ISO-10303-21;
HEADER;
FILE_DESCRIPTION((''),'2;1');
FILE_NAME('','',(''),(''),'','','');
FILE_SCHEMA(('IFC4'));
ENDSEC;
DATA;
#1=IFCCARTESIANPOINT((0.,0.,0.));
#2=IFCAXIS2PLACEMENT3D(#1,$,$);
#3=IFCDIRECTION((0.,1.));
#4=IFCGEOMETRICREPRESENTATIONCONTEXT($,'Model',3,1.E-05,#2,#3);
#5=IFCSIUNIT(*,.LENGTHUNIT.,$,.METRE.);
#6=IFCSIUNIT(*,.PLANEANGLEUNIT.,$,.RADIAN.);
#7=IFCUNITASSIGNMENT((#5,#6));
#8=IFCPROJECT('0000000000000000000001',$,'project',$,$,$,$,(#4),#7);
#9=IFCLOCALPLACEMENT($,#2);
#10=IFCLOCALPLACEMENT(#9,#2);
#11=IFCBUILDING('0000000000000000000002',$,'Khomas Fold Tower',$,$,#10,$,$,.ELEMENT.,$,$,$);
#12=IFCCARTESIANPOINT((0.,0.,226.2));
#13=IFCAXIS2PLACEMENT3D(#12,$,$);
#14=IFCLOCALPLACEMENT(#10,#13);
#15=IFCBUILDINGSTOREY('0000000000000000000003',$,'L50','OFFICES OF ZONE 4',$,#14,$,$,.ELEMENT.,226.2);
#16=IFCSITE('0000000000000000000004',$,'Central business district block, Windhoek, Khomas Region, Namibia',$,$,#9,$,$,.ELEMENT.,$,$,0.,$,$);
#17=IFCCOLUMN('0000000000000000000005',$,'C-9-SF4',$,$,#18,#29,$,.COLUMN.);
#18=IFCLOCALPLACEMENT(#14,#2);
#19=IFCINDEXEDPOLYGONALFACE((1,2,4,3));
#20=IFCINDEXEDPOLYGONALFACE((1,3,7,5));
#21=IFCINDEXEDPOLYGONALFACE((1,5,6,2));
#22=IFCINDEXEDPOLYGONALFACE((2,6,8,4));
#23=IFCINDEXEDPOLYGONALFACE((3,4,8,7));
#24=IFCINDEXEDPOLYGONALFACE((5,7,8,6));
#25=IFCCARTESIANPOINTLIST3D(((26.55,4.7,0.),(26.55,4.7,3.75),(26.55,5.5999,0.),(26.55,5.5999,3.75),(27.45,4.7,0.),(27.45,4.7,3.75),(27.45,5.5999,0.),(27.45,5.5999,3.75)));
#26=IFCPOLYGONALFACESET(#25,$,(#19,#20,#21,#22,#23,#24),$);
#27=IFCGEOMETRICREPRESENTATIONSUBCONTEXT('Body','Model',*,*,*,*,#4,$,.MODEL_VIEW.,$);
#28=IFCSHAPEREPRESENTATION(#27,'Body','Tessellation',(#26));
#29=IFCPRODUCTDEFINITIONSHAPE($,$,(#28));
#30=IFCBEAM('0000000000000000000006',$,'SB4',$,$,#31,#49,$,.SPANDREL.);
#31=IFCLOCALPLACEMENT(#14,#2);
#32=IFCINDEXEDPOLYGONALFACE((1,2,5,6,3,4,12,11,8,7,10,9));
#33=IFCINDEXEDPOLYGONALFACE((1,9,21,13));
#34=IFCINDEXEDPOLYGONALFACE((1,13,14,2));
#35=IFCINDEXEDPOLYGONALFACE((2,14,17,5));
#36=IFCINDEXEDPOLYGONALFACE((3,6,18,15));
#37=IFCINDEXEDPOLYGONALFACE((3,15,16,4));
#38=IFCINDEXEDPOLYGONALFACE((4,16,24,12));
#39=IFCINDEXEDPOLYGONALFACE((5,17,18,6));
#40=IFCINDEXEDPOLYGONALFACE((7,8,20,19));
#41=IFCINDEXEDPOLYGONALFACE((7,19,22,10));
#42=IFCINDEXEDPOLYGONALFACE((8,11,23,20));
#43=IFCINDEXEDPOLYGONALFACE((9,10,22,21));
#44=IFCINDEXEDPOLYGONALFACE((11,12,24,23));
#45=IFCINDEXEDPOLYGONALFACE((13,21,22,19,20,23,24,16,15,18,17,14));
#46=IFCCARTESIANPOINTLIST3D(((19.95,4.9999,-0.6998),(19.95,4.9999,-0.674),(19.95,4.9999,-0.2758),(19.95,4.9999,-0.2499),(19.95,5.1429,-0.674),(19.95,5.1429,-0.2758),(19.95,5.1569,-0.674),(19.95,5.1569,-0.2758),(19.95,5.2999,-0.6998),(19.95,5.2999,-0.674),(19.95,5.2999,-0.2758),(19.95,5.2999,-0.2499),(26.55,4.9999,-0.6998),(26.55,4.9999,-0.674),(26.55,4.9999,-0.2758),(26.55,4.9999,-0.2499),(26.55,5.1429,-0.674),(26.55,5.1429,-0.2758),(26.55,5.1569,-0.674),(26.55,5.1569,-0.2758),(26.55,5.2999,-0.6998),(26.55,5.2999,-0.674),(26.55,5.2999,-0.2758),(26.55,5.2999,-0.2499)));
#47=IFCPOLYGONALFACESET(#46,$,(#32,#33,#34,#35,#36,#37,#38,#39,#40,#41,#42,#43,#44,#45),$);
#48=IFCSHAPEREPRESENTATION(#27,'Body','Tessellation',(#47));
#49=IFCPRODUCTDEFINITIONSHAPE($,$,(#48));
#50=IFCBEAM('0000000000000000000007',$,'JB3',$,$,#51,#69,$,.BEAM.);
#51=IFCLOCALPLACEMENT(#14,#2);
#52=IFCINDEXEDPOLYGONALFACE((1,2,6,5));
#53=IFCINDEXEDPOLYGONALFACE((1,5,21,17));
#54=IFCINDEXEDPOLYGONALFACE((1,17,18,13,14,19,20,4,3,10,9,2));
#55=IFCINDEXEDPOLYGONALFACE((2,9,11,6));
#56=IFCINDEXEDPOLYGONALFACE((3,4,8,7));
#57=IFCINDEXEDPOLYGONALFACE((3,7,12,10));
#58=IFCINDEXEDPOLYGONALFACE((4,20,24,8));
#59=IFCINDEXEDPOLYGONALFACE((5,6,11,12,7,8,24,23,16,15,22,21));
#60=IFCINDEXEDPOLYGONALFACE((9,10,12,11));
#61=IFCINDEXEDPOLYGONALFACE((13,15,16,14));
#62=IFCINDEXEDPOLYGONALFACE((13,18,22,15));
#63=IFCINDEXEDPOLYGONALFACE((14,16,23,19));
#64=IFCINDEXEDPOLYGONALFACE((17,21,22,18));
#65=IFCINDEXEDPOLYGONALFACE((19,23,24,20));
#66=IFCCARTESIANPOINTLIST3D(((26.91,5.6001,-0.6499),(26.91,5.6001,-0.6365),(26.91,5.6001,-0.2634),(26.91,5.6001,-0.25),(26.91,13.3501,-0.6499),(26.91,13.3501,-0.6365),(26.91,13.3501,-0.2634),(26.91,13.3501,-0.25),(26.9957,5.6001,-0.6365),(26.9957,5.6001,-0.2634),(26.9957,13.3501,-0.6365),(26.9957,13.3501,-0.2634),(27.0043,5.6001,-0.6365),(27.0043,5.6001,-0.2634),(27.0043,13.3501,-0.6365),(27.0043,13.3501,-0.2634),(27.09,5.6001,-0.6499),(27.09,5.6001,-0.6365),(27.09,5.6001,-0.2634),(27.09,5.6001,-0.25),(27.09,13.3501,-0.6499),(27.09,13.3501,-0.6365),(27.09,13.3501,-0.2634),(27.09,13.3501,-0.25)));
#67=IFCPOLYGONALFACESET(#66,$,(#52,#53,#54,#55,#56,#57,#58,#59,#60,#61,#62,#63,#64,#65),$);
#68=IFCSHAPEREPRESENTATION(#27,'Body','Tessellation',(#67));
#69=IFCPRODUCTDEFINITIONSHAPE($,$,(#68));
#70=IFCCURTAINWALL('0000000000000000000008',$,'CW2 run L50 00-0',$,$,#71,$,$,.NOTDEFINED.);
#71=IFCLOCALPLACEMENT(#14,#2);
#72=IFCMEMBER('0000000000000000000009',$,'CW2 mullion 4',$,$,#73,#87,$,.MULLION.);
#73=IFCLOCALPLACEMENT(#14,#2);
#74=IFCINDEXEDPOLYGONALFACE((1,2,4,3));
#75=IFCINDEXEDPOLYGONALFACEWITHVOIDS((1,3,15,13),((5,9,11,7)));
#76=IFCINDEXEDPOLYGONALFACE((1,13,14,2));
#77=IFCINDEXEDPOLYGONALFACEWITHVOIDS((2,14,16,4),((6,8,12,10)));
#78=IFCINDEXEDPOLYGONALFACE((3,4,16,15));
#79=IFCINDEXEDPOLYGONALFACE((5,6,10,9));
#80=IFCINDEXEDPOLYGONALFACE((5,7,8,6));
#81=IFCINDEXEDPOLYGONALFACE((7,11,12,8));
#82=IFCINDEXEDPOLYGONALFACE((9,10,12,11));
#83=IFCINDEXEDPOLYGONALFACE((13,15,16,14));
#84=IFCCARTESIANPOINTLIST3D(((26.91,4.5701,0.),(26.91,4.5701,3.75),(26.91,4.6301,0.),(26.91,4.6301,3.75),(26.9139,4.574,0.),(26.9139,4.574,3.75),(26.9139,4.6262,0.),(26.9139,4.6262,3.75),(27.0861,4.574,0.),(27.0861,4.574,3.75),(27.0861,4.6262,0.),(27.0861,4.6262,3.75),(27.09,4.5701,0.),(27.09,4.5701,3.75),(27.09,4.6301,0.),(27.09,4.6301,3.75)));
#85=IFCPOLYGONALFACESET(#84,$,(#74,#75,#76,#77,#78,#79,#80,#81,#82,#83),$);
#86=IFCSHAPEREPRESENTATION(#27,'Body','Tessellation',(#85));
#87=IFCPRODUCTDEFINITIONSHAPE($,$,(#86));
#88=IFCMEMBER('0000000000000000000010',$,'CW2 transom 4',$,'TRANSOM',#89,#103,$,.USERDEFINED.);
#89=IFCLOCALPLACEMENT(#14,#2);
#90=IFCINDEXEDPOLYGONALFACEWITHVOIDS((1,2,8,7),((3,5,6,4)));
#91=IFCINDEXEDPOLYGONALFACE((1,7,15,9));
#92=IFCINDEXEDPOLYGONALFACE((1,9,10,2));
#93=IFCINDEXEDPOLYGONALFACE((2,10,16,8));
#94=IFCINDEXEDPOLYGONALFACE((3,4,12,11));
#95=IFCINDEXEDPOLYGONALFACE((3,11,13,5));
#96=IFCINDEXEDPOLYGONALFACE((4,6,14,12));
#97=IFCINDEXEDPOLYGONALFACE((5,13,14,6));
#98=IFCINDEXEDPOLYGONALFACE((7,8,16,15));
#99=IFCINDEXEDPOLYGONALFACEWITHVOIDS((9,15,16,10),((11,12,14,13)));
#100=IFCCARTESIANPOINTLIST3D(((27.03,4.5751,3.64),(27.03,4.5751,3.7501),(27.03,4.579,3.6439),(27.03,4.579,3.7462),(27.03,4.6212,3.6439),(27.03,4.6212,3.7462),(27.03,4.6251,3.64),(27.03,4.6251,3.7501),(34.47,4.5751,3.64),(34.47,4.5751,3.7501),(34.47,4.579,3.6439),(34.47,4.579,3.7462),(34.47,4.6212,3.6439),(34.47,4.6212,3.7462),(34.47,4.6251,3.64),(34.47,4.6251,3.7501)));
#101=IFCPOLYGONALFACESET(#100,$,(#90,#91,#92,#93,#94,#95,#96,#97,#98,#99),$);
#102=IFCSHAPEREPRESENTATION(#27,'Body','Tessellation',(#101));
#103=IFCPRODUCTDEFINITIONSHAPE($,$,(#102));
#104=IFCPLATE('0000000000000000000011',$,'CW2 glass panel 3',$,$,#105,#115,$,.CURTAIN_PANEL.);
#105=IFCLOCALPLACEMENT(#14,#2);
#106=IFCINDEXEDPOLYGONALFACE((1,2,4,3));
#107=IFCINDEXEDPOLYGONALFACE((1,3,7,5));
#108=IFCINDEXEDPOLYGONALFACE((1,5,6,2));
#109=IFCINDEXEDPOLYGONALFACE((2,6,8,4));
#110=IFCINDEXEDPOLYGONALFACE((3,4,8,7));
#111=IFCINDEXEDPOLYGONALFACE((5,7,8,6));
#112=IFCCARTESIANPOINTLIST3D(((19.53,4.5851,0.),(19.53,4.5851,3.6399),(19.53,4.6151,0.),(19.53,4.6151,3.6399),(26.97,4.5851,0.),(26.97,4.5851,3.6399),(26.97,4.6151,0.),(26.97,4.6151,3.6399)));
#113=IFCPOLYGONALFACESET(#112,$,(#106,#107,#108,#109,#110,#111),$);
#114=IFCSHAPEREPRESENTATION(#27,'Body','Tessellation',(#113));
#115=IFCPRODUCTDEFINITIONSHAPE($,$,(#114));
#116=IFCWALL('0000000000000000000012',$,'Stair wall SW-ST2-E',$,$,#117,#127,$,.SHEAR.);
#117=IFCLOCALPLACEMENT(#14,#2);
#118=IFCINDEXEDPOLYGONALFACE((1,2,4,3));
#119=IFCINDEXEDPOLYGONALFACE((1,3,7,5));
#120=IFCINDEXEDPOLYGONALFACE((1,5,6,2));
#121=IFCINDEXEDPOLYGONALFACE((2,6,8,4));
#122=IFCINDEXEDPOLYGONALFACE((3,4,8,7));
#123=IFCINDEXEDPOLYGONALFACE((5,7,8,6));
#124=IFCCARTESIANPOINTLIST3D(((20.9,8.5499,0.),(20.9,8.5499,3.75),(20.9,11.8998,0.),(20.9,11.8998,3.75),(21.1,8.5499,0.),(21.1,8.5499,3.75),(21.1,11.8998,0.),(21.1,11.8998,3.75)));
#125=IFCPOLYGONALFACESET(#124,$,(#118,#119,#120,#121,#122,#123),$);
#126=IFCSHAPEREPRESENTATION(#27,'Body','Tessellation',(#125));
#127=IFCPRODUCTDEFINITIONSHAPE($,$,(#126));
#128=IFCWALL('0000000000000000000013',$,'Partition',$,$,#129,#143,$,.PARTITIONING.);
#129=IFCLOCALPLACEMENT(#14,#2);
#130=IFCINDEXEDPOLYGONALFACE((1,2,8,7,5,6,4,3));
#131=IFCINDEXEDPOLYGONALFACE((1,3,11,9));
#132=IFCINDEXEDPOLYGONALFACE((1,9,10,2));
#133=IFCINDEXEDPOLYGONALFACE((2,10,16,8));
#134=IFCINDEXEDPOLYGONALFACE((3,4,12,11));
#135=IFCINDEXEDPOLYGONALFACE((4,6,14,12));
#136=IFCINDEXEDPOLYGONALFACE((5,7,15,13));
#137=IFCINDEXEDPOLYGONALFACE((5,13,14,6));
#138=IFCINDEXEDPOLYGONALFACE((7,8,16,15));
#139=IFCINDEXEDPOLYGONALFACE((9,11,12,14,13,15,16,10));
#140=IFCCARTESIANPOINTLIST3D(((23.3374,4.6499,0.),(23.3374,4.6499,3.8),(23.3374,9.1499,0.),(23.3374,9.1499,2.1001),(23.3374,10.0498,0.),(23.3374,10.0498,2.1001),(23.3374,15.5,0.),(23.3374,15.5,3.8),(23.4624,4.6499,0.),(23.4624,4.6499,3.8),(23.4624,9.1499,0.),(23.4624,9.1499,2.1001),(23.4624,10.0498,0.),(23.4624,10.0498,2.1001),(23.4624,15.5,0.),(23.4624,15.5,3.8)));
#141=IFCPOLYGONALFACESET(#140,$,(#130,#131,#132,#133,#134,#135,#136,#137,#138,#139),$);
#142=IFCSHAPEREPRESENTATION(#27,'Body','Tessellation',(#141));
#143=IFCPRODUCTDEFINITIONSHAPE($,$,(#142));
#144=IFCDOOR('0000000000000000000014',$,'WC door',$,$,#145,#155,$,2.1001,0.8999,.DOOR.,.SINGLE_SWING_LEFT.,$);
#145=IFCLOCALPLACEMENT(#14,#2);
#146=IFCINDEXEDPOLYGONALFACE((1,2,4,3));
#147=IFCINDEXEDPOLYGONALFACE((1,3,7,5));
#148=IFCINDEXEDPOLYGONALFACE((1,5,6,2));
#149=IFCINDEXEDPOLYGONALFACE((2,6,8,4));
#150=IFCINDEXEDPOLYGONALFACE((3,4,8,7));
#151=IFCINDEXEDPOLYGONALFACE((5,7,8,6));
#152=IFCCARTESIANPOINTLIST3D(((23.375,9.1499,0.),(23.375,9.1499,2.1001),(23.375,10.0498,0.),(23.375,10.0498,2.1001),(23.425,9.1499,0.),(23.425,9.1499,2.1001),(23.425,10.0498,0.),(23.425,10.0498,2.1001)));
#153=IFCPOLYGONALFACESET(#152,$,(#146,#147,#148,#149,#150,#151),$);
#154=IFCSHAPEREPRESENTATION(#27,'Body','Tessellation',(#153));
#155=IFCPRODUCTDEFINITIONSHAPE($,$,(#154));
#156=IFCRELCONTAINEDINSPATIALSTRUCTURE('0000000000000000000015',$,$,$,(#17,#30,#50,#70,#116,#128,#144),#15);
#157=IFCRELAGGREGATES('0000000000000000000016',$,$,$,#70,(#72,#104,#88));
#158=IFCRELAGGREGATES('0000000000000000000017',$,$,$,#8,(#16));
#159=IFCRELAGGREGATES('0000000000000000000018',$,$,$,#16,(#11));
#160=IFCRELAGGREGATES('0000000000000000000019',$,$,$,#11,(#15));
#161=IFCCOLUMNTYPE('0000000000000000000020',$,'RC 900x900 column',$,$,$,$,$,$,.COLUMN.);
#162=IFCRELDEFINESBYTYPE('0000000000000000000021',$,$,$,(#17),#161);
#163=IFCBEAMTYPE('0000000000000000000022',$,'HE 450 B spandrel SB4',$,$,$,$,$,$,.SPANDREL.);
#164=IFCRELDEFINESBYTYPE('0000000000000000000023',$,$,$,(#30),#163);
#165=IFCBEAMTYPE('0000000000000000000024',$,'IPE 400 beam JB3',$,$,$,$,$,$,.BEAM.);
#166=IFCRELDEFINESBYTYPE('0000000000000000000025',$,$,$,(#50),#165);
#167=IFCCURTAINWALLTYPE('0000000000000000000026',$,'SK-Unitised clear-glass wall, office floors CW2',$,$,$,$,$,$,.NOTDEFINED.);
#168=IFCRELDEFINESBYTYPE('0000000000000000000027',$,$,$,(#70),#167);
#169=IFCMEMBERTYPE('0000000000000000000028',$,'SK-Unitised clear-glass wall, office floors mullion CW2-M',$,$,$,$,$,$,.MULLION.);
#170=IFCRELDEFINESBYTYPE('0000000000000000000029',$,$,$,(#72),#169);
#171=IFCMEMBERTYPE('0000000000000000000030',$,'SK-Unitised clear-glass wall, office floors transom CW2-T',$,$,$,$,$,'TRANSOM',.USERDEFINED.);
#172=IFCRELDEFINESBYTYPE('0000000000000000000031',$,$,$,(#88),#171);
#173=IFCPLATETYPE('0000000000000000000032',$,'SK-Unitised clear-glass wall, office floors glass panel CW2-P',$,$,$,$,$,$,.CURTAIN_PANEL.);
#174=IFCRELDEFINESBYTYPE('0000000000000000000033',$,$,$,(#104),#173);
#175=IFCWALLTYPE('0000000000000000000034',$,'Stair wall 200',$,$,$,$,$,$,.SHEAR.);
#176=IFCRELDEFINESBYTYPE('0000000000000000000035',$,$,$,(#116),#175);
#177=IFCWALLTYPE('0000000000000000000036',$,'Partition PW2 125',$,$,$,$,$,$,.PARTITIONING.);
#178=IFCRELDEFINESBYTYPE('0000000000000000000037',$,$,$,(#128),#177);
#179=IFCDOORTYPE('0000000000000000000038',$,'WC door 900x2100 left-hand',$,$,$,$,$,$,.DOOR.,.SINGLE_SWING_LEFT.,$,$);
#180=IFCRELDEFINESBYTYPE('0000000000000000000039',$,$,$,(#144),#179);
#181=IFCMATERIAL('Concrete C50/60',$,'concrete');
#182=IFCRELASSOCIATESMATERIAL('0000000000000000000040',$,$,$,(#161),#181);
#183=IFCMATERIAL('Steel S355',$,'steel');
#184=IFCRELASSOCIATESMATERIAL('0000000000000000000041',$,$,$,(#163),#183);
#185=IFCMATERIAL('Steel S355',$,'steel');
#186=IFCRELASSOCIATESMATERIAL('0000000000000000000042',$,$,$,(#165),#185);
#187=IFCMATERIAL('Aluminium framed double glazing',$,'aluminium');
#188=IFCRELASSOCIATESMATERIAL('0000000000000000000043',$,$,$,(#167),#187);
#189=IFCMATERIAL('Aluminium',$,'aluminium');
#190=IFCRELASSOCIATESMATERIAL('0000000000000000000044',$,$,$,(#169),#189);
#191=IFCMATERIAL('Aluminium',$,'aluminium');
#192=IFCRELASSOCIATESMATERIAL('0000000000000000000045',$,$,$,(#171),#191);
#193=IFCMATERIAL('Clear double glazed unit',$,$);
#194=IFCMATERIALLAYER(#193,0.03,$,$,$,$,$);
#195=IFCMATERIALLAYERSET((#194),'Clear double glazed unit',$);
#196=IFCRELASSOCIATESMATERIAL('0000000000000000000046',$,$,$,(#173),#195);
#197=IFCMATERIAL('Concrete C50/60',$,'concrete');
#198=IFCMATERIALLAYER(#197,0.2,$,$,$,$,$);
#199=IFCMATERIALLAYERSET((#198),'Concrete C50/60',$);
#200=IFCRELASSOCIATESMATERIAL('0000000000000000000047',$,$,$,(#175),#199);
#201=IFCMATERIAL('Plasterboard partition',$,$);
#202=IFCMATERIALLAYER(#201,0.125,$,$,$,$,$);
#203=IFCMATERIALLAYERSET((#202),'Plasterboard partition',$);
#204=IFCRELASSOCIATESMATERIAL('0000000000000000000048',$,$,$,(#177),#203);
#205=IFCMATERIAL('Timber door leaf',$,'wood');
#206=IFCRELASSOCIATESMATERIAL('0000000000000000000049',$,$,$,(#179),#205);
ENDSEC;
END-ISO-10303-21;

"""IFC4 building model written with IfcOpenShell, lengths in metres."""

from ifc_helpers import new_model, si_unit, direction, frame, frame_2d, origin, origin_2d, place, context, subcontext, project, spatial, rectangle, hollow_rectangle, i_section, extrude, source, transform, mapped, material, layer, layer_set, material_profile, profile_set, type_object, element, fill, aggregate, save


model = new_model("IFC4")

# Units and contexts
model_context = context("Model", 3, precision=1e-05, world=origin(), true_north=direction((0.0, 1.0)))
body_context = subcontext(model_context, "Body", "Model", "MODEL_VIEW")
ifc_project = project(units=[si_unit("LENGTHUNIT", "METRE"), si_unit("PLANEANGLEUNIT", "RADIAN")], contexts=[model_context])

# Site, building, storey
site_placement = place(None, origin())
site = spatial("IfcSite", under=ifc_project, at=site_placement, Name="Central business district block, Windhoek, Khomas Region, Namibia", CompositionType="ELEMENT", RefElevation=0.0)
building_placement = place(site_placement, origin())
building = spatial("IfcBuilding", under=site, at=building_placement, Name="Khomas Fold Tower", CompositionType="ELEMENT")
storey_placement = place(building_placement, frame((0.0, 0.0, 226.2)))
storey = spatial("IfcBuildingStorey", under=building, at=storey_placement, Name="L50", Description="OFFICES OF ZONE 4", CompositionType="ELEMENT", Elevation=226.2)

# Column
ifc_material_1 = material(Name="Concrete C50/60", Category="concrete")
ifc_material_profile_1 = material_profile(ifc_material_1, rectangle(XDim=0.8999, YDim=0.8999, at=origin_2d()), Name="RC 900x900")
ifc_profile_set_1 = profile_set([ifc_material_profile_1], Name="Concrete C50/60")
column_type = type_object("IfcColumnType", Name="RC 900x900 column", PredefinedType="COLUMN", material=ifc_profile_set_1)
shared_shape_1 = source(origin(), body_context, "Body", "SweptSolid", [
    extrude(rectangle(XDim=0.8999, YDim=0.8999, at=origin_2d()), origin(), (0.0, 0.0, 1.0), 3.75),
])
column_placement = place(storey_placement, frame((27.0, 5.1499, 0.0), z_axis=(0.0, 0.0, 1.0), x_axis=(1.0, 0.0, 0.0)))
element("IfcColumn", 1, at=column_placement, inside=storey, type_object=column_type, Name="C-9-SF4", PredefinedType="COLUMN", context=body_context, shape_type="MappedRepresentation", body=[
    mapped(shared_shape_1, transform((0.0, 0.0, 0.0))),
])

# Beams
ifc_material_2 = material(Name="Steel S355", Category="steel")
ifc_material_profile_2 = material_profile(ifc_material_2, i_section(OverallWidth=0.3, OverallDepth=0.45, WebThickness=0.0139, FlangeThickness=0.0259, at=origin_2d()), Name="HE 450 B")
ifc_profile_set_2 = profile_set([ifc_material_profile_2], Name="Steel S355")
beam_type_1 = type_object("IfcBeamType", Name="HE 450 B spandrel SB4", PredefinedType="SPANDREL", material=ifc_profile_set_2)
shared_shape_2 = source(origin(), body_context, "Body", "SweptSolid", [
    extrude(i_section(OverallWidth=0.3, OverallDepth=0.45, WebThickness=0.0139, FlangeThickness=0.0259, at=origin_2d()), origin(), (0.0, 0.0, 1.0), 6.6001),
])
beam_1_placement = place(storey_placement, frame((19.95, 5.1499, -0.4749), z_axis=(1.0, 0.0, 0.0), x_axis=(0.0, 1.0, 0.0)))
element("IfcBeam", 2, at=beam_1_placement, inside=storey, type_object=beam_type_1, Name="SB4", PredefinedType="SPANDREL", context=body_context, shape_type="MappedRepresentation", body=[
    mapped(shared_shape_2, transform((0.0, 0.0, 0.0))),
])
ifc_material_3 = material(Name="Steel S355", Category="steel")
ifc_material_profile_3 = material_profile(ifc_material_3, i_section(OverallWidth=0.1799, OverallDepth=0.3999, WebThickness=0.0085, FlangeThickness=0.0134, at=origin_2d()), Name="IPE 400")
ifc_profile_set_3 = profile_set([ifc_material_profile_3], Name="Steel S355")
beam_type_2 = type_object("IfcBeamType", Name="IPE 400 beam JB3", PredefinedType="BEAM", material=ifc_profile_set_3)
shared_shape_3 = source(origin(), body_context, "Body", "SweptSolid", [
    extrude(i_section(OverallWidth=0.1799, OverallDepth=0.3999, WebThickness=0.0085, FlangeThickness=0.0134, at=origin_2d()), origin(), (0.0, 0.0, 1.0), 7.75),
])
beam_2_placement = place(storey_placement, frame((27.0, 5.6001, -0.45), z_axis=(0.0, 1.0, 0.0), x_axis=(-1.0, 0.0, 0.0)))
element("IfcBeam", 3, at=beam_2_placement, inside=storey, type_object=beam_type_2, Name="JB3", PredefinedType="BEAM", context=body_context, shape_type="MappedRepresentation", body=[
    mapped(shared_shape_3, transform((0.0, 0.0, 0.0))),
])

# Curtain wall, members, plate
ifc_material_4 = material(Name="Aluminium framed double glazing", Category="aluminium")
curtain_wall_type = type_object("IfcCurtainWallType", Name="SK-Unitised clear-glass wall, office floors CW2", PredefinedType="NOTDEFINED", material=ifc_material_4)
curtain_wall_placement = place(storey_placement, origin())
curtain_wall = element("IfcCurtainWall", 4, at=curtain_wall_placement, inside=storey, type_object=curtain_wall_type, Name="CW2 run L50 00-0", PredefinedType="NOTDEFINED")
ifc_material_5 = material(Name="Aluminium", Category="aluminium")
ifc_material_profile_4 = material_profile(ifc_material_5, hollow_rectangle(XDim=0.0601, YDim=0.1799, WallThickness=0.0039, at=origin_2d()), Name="SK-Unitised clear-glass wall, office floors mullion CW2-M")
ifc_profile_set_4 = profile_set([ifc_material_profile_4], Name="Aluminium")
member_type_1 = type_object("IfcMemberType", Name="SK-Unitised clear-glass wall, office floors mullion CW2-M", PredefinedType="MULLION", material=ifc_profile_set_4)
shared_shape_4 = source(origin(), body_context, "Body", "SweptSolid", [
    extrude(hollow_rectangle(XDim=0.0601, YDim=0.1799, WallThickness=0.0039, at=origin_2d()), origin(), (0.0, 0.0, 1.0), 3.75),
])
member_1_placement = place(storey_placement, frame((27.0, 4.6001, 0.0), z_axis=(0.0, 0.0, 1.0), x_axis=(0.0, 1.0, 0.0)))
member_1 = element("IfcMember", 5, at=member_1_placement, type_object=member_type_1, Name="CW2 mullion 4", PredefinedType="MULLION", context=body_context, shape_type="MappedRepresentation", body=[
    mapped(shared_shape_4, transform((0.0, 0.0, 0.0))),
])
ifc_material_6 = material(Name="Aluminium", Category="aluminium")
ifc_material_profile_5 = material_profile(ifc_material_6, hollow_rectangle(XDim=0.05, YDim=0.1101, WallThickness=0.0039, at=origin_2d()), Name="SK-Unitised clear-glass wall, office floors transom CW2-T")
ifc_profile_set_5 = profile_set([ifc_material_profile_5], Name="Aluminium")
member_type_2 = type_object("IfcMemberType", Name="SK-Unitised clear-glass wall, office floors transom CW2-T", ElementType="TRANSOM", PredefinedType="USERDEFINED", material=ifc_profile_set_5)
shared_shape_5 = source(origin(), body_context, "Body", "SweptSolid", [
    extrude(hollow_rectangle(XDim=0.05, YDim=0.1101, WallThickness=0.0039, at=origin_2d()), origin(), (0.0, 0.0, 1.0), 7.4399),
])
member_2_placement = place(storey_placement, frame((27.03, 4.6001, 3.6951), z_axis=(1.0, 0.0, 0.0), x_axis=(0.0, 1.0, 0.0)))
member_2 = element("IfcMember", 6, at=member_2_placement, type_object=member_type_2, Name="CW2 transom 4", ObjectType="TRANSOM", PredefinedType="USERDEFINED", context=body_context, shape_type="MappedRepresentation", body=[
    mapped(shared_shape_5, transform((0.0, 0.0, 0.0))),
])
ifc_material_7 = material(Name="Clear double glazed unit")
ifc_layer_1 = layer(ifc_material_7, 0.03)
ifc_layer_set_1 = layer_set([ifc_layer_1], Name="Clear double glazed unit")
plate_type = type_object("IfcPlateType", Name="SK-Unitised clear-glass wall, office floors glass panel CW2-P", PredefinedType="CURTAIN_PANEL", material=ifc_layer_set_1)
shared_shape_6 = source(origin(), body_context, "Body", "SweptSolid", [
    extrude(rectangle(XDim=7.4399, YDim=0.03, at=origin_2d()), origin(), (0.0, 0.0, 1.0), 3.6399),
])
plate_placement = place(storey_placement, frame((23.25, 4.6001, 0.0), z_axis=(0.0, 0.0, 1.0), x_axis=(1.0, 0.0, 0.0)))
plate = element("IfcPlate", 7, at=plate_placement, type_object=plate_type, Name="CW2 glass panel 3", PredefinedType="CURTAIN_PANEL", context=body_context, shape_type="MappedRepresentation", body=[
    mapped(shared_shape_6, transform((0.0, 0.0, 0.0))),
])
aggregate(curtain_wall, [member_1, plate, member_2])

# Wall
ifc_material_8 = material(Name="Concrete C50/60", Category="concrete")
ifc_layer_2 = layer(ifc_material_8, 0.2)
ifc_layer_set_2 = layer_set([ifc_layer_2], Name="Concrete C50/60")
wall_type_1 = type_object("IfcWallType", Name="Stair wall 200", PredefinedType="SHEAR", material=ifc_layer_set_2)
shared_shape_7 = source(origin(), body_context, "Body", "SweptSolid", [
    extrude(rectangle(XDim=3.3499, YDim=0.2, at=frame_2d((1.6748, 0.0))), origin(), (0.0, 0.0, 1.0), 3.75),
])
wall_1_placement = place(storey_placement, frame((21.0, 8.55, 0.0), z_axis=(0.0, 0.0, 1.0), x_axis=(0.0, 1.0, 0.0)))
element("IfcWall", 8, at=wall_1_placement, inside=storey, type_object=wall_type_1, Name="Stair wall SW-ST2-E", PredefinedType="SHEAR", context=body_context, shape_type="MappedRepresentation", body=[
    mapped(shared_shape_7, transform((0.0, 0.0, 0.0))),
])

# Wall, opening, door
ifc_material_9 = material(Name="Plasterboard partition")
ifc_layer_3 = layer(ifc_material_9, 0.125)
ifc_layer_set_3 = layer_set([ifc_layer_3], Name="Plasterboard partition")
wall_type_2 = type_object("IfcWallType", Name="Partition PW2 125", PredefinedType="PARTITIONING", material=ifc_layer_set_3)
shared_shape_8 = source(origin(), body_context, "Body", "SweptSolid", [
    extrude(rectangle(XDim=10.8501, YDim=0.125, at=frame_2d((5.425, 0.0))), origin(), (0.0, 0.0, 1.0), 3.8),
])
wall_2_placement = place(storey_placement, frame((23.3999, 4.6499, 0.0), z_axis=(0.0, 0.0, 1.0), x_axis=(0.0, 1.0, 0.0)))
wall_2 = element("IfcWall", 9, at=wall_2_placement, inside=storey, type_object=wall_type_2, Name="Partition", PredefinedType="PARTITIONING", context=body_context, shape_type="MappedRepresentation", body=[
    mapped(shared_shape_8, transform((0.0, 0.0, 0.0))),
])
shared_shape_9 = source(origin(), body_context, "Body", "SweptSolid", [
    extrude(rectangle(XDim=0.8999, YDim=2.1001, at=frame_2d((0.45, 1.05))), frame((0.0, 0.0725, 0.0), z_axis=(0.0, -1.0, 0.0), x_axis=(1.0, 0.0, 0.0)), (0.0, 0.0, 1.0), 0.145),
])
opening_placement = place(wall_2_placement, frame((4.5, 0.0, 0.0)))
opening = element("IfcOpeningElement", 10, at=opening_placement, cuts=wall_2, PredefinedType="OPENING", context=body_context, shape_type="MappedRepresentation", body=[
    mapped(shared_shape_9, transform((0.0, 0.0, 0.0))),
])
ifc_material_10 = material(Name="Timber door leaf", Category="wood")
door_type = type_object("IfcDoorType", Name="WC door 900x2100 left-hand", OperationType="SINGLE_SWING_LEFT", PredefinedType="DOOR", material=ifc_material_10)
shared_shape_10 = source(origin(), body_context, "Body", "SweptSolid", [
    extrude(rectangle(XDim=0.8999, YDim=2.1001, at=frame_2d((0.45, 1.05))), frame((0.0, 0.0249, 0.0), z_axis=(0.0, -1.0, 0.0), x_axis=(1.0, 0.0, 0.0)), (0.0, 0.0, 1.0), 0.05),
])
door_placement = place(opening_placement, origin())
door = element("IfcDoor", 11, at=door_placement, inside=storey, type_object=door_type, Name="WC door", OperationType="SINGLE_SWING_LEFT", OverallHeight=2.1001, OverallWidth=0.8999, PredefinedType="DOOR", context=body_context, shape_type="MappedRepresentation", body=[
    mapped(shared_shape_10, transform((0.0, 0.0, 0.0))),
])
fill(opening, door)

save(model, "model.ifc")
